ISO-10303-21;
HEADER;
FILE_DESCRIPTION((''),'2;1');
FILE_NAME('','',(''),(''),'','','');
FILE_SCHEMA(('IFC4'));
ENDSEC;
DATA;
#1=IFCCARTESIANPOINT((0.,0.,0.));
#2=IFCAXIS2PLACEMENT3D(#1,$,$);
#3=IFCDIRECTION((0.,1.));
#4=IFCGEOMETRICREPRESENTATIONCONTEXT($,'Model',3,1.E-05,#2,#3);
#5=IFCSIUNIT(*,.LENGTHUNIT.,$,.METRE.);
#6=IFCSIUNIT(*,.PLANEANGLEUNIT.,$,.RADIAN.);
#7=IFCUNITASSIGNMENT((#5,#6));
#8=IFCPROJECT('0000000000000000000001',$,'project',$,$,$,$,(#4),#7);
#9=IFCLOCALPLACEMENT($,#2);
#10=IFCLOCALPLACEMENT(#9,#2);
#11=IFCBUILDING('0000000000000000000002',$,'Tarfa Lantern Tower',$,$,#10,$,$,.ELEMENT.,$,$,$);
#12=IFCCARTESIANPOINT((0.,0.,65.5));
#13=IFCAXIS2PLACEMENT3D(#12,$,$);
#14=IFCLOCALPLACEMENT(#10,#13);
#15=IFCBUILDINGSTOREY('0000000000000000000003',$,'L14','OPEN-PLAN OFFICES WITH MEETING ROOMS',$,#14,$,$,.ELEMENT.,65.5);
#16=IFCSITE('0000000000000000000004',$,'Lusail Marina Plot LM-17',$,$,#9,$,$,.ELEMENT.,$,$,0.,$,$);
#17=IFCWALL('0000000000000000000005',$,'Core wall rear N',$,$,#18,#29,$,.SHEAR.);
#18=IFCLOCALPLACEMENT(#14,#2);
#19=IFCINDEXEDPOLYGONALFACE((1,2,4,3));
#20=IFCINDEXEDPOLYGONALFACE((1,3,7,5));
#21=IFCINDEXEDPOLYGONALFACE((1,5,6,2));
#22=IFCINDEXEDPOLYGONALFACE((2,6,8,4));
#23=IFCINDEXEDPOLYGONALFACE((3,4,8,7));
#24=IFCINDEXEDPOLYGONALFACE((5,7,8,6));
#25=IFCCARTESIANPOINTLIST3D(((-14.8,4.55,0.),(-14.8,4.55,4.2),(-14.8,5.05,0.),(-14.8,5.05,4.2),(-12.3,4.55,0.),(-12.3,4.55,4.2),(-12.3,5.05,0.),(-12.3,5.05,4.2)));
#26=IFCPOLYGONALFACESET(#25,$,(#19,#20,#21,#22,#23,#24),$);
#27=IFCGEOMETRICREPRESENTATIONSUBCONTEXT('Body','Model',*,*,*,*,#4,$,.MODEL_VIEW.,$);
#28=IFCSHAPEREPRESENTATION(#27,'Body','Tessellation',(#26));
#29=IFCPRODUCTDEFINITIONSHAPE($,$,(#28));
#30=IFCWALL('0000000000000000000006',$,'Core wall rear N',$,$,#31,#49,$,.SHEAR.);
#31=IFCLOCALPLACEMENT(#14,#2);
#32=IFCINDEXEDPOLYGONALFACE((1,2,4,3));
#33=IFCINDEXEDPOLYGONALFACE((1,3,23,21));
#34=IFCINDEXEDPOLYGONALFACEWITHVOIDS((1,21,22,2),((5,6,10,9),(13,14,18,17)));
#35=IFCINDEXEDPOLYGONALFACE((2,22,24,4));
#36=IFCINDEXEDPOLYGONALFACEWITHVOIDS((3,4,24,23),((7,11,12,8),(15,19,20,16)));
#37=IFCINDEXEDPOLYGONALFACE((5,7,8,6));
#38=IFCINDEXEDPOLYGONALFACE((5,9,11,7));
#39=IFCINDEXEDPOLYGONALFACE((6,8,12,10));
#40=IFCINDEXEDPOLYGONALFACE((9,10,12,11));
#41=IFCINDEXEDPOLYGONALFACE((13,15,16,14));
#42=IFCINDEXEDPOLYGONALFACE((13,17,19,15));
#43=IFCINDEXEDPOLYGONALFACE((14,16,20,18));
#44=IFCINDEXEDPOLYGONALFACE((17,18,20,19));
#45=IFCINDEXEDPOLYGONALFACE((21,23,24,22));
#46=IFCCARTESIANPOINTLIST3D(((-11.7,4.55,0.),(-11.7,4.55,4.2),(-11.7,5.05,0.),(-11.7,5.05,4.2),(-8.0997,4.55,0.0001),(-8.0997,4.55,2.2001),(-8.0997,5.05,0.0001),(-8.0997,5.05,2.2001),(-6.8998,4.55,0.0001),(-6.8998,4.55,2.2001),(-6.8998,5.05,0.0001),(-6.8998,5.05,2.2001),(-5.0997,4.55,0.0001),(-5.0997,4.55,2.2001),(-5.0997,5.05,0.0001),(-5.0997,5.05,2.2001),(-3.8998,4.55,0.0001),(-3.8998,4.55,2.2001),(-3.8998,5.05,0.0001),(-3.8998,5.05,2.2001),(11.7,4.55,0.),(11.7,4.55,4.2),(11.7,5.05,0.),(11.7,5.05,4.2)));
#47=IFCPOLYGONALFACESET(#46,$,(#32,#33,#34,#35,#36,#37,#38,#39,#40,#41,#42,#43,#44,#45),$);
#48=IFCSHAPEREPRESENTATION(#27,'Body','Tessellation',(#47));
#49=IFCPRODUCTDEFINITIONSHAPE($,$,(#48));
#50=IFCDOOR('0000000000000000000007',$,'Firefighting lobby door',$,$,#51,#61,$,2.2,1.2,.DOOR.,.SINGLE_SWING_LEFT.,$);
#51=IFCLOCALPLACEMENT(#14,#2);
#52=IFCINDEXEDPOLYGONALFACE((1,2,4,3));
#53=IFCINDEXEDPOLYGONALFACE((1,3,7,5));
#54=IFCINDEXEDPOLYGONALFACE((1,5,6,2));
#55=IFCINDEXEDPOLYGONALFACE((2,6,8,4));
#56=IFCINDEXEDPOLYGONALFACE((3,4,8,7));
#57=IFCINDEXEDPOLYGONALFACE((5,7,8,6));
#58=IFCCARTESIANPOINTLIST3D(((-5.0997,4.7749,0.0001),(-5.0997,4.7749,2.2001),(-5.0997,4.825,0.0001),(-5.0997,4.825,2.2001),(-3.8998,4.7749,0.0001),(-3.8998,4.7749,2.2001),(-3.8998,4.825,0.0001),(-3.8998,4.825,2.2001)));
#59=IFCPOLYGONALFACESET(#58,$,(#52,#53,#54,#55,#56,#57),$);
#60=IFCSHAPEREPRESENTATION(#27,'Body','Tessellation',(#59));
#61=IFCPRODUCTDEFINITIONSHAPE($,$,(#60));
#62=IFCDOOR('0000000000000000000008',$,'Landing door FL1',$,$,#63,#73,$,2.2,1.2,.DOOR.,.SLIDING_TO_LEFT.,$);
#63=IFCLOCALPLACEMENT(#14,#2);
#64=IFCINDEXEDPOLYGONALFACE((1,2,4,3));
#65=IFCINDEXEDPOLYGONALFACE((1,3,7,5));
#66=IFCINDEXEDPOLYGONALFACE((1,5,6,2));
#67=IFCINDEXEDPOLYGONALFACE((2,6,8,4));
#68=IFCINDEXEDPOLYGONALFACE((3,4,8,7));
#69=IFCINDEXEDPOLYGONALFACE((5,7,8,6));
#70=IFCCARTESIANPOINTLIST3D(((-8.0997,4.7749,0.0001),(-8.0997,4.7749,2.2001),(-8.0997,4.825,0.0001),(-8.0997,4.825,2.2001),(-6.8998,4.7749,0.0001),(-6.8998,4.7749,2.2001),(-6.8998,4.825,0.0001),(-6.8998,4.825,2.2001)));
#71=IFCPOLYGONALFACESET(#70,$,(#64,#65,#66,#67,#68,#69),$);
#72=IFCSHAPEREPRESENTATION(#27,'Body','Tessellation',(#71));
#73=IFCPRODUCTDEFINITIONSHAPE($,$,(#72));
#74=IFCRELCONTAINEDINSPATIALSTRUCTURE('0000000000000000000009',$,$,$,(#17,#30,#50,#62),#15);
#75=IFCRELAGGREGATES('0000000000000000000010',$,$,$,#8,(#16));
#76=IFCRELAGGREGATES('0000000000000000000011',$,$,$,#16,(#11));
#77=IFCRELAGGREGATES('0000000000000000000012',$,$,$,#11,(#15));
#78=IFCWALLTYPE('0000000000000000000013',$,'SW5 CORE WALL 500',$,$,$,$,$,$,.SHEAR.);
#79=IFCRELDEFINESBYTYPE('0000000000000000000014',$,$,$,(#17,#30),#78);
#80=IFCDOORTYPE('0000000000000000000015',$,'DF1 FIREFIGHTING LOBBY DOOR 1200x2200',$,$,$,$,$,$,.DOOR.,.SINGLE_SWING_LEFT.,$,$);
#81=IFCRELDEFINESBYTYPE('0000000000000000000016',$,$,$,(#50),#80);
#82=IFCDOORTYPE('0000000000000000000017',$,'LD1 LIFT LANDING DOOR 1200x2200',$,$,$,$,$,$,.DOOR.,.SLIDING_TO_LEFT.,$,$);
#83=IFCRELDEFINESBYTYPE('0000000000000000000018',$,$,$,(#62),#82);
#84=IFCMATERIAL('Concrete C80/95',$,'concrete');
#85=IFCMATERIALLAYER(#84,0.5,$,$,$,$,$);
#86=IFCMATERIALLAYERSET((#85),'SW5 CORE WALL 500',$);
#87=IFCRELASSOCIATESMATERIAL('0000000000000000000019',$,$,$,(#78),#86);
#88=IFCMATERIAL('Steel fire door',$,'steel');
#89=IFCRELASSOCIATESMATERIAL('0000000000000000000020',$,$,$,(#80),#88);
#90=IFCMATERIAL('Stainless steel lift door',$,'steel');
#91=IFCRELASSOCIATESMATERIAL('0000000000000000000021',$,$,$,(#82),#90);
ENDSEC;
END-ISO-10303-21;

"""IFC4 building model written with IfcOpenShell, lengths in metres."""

from ifc_helpers import new_model, si_unit, direction, frame, frame_2d, origin, place, context, subcontext, project, spatial, rectangle, extrude, material, layer, layer_set, type_object, element, fill, save


model = new_model("IFC4")

# Units and contexts
model_context = context("Model", 3, precision=1e-05, world=origin(), true_north=direction((0.0, 1.0)))
body_context = subcontext(model_context, "Body", "Model", "MODEL_VIEW")
ifc_project = project(units=[si_unit("LENGTHUNIT", "METRE"), si_unit("PLANEANGLEUNIT", "RADIAN")], contexts=[model_context])

# Site, building, storey
site_placement = place(None, origin())
site = spatial("IfcSite", under=ifc_project, at=site_placement, Name="Lusail Marina Plot LM-17", CompositionType="ELEMENT", RefElevation=0.0)
building_placement = place(site_placement, origin())
building = spatial("IfcBuilding", under=site, at=building_placement, Name="Tarfa Lantern Tower", CompositionType="ELEMENT")
storey_placement = place(building_placement, frame((0.0, 0.0, 65.5)))
storey = spatial("IfcBuildingStorey", under=building, at=storey_placement, Name="L14", Description="OPEN-PLAN OFFICES WITH MEETING ROOMS", CompositionType="ELEMENT", Elevation=65.5)

# Shared definitions
ifc_material_1 = material(Name="Concrete C80/95", Category="concrete")
ifc_material_2 = material(Name="Steel fire door", Category="steel")

# Wall
ifc_layer_1 = layer(ifc_material_1, 0.5)
ifc_layer_set_1 = layer_set([ifc_layer_1], Name="SW5 CORE WALL 500")
wall_type_1 = type_object("IfcWallType", Name="SW5 CORE WALL 500", PredefinedType="SHEAR", material=ifc_layer_set_1)
wall_1_placement = place(storey_placement, frame((-14.8, 4.8, 0.0), z_axis=(0.0, 0.0, 1.0), x_axis=(1.0, 0.0, 0.0)))
element("IfcWall", 1, at=wall_1_placement, inside=storey, type_object=wall_type_1, Name="Core wall rear N", PredefinedType="SHEAR", context=body_context, shape_type="SweptSolid", body=[
    extrude(rectangle(XDim=2.5, YDim=0.5, at=frame_2d((1.25, 0.0))), origin(), (0.0, 0.0, 1.0), 4.2),
])

# Wall, openings, doors
wall_2_placement = place(storey_placement, frame((-11.7, 4.8, 0.0), z_axis=(0.0, 0.0, 1.0), x_axis=(1.0, 0.0, 0.0)))
wall_2 = element("IfcWall", 2, at=wall_2_placement, inside=storey, type_object=wall_type_1, Name="Core wall rear N", PredefinedType="SHEAR", context=body_context, shape_type="SweptSolid", body=[
    extrude(rectangle(XDim=23.3999, YDim=0.5, at=frame_2d((11.7, 0.0))), origin(), (0.0, 0.0, 1.0), 4.2),
])
opening_1_placement = place(wall_2_placement, frame((6.6001, 0.0, 0.0)))
opening_1 = element("IfcOpeningElement", 3, at=opening_1_placement, cuts=wall_2, PredefinedType="OPENING", context=body_context, shape_type="SweptSolid", body=[
    extrude(rectangle(XDim=1.2, YDim=2.2, at=frame_2d((0.6001, 1.1001))), frame((0.0, 0.26, 0.0), z_axis=(0.0, -1.0, 0.0), x_axis=(1.0, 0.0, 0.0)), (0.0, 0.0, 1.0), 0.52),
])
opening_2_placement = place(wall_2_placement, frame((3.6001, 0.0, 0.0)))
opening_2 = element("IfcOpeningElement", 4, at=opening_2_placement, cuts=wall_2, PredefinedType="OPENING", context=body_context, shape_type="SweptSolid", body=[
    extrude(rectangle(XDim=1.2, YDim=2.2, at=frame_2d((0.6001, 1.1001))), frame((0.0, 0.26, 0.0), z_axis=(0.0, -1.0, 0.0), x_axis=(1.0, 0.0, 0.0)), (0.0, 0.0, 1.0), 0.52),
])
door_type_1 = type_object("IfcDoorType", Name="DF1 FIREFIGHTING LOBBY DOOR 1200x2200", OperationType="SINGLE_SWING_LEFT", PredefinedType="DOOR", material=ifc_material_2)
door_1_placement = place(opening_1_placement, origin())
door_1 = element("IfcDoor", 5, at=door_1_placement, inside=storey, type_object=door_type_1, Name="Firefighting lobby door", OperationType="SINGLE_SWING_LEFT", OverallHeight=2.2, OverallWidth=1.2, PredefinedType="DOOR", context=body_context, shape_type="SweptSolid", body=[
    extrude(rectangle(XDim=1.2, YDim=2.2, at=frame_2d((0.6001, 1.1001))), frame((0.0, 0.0249, 0.0), z_axis=(0.0, -1.0, 0.0), x_axis=(1.0, 0.0, 0.0)), (0.0, 0.0, 1.0), 0.05),
])
fill(opening_1, door_1)
ifc_material_3 = material(Name="Stainless steel lift door", Category="steel")
door_type_2 = type_object("IfcDoorType", Name="LD1 LIFT LANDING DOOR 1200x2200", OperationType="SLIDING_TO_LEFT", PredefinedType="DOOR", material=ifc_material_3)
door_2_placement = place(opening_2_placement, origin())
door_2 = element("IfcDoor", 6, at=door_2_placement, inside=storey, type_object=door_type_2, Name="Landing door FL1", OperationType="SLIDING_TO_LEFT", OverallHeight=2.2, OverallWidth=1.2, PredefinedType="DOOR", context=body_context, shape_type="SweptSolid", body=[
    extrude(rectangle(XDim=1.2, YDim=2.2, at=frame_2d((0.6001, 1.1001))), frame((0.0, 0.0249, 0.0), z_axis=(0.0, -1.0, 0.0), x_axis=(1.0, 0.0, 0.0)), (0.0, 0.0, 1.0), 0.05),
])
fill(opening_2, door_2)

save(model, "model.ifc")
